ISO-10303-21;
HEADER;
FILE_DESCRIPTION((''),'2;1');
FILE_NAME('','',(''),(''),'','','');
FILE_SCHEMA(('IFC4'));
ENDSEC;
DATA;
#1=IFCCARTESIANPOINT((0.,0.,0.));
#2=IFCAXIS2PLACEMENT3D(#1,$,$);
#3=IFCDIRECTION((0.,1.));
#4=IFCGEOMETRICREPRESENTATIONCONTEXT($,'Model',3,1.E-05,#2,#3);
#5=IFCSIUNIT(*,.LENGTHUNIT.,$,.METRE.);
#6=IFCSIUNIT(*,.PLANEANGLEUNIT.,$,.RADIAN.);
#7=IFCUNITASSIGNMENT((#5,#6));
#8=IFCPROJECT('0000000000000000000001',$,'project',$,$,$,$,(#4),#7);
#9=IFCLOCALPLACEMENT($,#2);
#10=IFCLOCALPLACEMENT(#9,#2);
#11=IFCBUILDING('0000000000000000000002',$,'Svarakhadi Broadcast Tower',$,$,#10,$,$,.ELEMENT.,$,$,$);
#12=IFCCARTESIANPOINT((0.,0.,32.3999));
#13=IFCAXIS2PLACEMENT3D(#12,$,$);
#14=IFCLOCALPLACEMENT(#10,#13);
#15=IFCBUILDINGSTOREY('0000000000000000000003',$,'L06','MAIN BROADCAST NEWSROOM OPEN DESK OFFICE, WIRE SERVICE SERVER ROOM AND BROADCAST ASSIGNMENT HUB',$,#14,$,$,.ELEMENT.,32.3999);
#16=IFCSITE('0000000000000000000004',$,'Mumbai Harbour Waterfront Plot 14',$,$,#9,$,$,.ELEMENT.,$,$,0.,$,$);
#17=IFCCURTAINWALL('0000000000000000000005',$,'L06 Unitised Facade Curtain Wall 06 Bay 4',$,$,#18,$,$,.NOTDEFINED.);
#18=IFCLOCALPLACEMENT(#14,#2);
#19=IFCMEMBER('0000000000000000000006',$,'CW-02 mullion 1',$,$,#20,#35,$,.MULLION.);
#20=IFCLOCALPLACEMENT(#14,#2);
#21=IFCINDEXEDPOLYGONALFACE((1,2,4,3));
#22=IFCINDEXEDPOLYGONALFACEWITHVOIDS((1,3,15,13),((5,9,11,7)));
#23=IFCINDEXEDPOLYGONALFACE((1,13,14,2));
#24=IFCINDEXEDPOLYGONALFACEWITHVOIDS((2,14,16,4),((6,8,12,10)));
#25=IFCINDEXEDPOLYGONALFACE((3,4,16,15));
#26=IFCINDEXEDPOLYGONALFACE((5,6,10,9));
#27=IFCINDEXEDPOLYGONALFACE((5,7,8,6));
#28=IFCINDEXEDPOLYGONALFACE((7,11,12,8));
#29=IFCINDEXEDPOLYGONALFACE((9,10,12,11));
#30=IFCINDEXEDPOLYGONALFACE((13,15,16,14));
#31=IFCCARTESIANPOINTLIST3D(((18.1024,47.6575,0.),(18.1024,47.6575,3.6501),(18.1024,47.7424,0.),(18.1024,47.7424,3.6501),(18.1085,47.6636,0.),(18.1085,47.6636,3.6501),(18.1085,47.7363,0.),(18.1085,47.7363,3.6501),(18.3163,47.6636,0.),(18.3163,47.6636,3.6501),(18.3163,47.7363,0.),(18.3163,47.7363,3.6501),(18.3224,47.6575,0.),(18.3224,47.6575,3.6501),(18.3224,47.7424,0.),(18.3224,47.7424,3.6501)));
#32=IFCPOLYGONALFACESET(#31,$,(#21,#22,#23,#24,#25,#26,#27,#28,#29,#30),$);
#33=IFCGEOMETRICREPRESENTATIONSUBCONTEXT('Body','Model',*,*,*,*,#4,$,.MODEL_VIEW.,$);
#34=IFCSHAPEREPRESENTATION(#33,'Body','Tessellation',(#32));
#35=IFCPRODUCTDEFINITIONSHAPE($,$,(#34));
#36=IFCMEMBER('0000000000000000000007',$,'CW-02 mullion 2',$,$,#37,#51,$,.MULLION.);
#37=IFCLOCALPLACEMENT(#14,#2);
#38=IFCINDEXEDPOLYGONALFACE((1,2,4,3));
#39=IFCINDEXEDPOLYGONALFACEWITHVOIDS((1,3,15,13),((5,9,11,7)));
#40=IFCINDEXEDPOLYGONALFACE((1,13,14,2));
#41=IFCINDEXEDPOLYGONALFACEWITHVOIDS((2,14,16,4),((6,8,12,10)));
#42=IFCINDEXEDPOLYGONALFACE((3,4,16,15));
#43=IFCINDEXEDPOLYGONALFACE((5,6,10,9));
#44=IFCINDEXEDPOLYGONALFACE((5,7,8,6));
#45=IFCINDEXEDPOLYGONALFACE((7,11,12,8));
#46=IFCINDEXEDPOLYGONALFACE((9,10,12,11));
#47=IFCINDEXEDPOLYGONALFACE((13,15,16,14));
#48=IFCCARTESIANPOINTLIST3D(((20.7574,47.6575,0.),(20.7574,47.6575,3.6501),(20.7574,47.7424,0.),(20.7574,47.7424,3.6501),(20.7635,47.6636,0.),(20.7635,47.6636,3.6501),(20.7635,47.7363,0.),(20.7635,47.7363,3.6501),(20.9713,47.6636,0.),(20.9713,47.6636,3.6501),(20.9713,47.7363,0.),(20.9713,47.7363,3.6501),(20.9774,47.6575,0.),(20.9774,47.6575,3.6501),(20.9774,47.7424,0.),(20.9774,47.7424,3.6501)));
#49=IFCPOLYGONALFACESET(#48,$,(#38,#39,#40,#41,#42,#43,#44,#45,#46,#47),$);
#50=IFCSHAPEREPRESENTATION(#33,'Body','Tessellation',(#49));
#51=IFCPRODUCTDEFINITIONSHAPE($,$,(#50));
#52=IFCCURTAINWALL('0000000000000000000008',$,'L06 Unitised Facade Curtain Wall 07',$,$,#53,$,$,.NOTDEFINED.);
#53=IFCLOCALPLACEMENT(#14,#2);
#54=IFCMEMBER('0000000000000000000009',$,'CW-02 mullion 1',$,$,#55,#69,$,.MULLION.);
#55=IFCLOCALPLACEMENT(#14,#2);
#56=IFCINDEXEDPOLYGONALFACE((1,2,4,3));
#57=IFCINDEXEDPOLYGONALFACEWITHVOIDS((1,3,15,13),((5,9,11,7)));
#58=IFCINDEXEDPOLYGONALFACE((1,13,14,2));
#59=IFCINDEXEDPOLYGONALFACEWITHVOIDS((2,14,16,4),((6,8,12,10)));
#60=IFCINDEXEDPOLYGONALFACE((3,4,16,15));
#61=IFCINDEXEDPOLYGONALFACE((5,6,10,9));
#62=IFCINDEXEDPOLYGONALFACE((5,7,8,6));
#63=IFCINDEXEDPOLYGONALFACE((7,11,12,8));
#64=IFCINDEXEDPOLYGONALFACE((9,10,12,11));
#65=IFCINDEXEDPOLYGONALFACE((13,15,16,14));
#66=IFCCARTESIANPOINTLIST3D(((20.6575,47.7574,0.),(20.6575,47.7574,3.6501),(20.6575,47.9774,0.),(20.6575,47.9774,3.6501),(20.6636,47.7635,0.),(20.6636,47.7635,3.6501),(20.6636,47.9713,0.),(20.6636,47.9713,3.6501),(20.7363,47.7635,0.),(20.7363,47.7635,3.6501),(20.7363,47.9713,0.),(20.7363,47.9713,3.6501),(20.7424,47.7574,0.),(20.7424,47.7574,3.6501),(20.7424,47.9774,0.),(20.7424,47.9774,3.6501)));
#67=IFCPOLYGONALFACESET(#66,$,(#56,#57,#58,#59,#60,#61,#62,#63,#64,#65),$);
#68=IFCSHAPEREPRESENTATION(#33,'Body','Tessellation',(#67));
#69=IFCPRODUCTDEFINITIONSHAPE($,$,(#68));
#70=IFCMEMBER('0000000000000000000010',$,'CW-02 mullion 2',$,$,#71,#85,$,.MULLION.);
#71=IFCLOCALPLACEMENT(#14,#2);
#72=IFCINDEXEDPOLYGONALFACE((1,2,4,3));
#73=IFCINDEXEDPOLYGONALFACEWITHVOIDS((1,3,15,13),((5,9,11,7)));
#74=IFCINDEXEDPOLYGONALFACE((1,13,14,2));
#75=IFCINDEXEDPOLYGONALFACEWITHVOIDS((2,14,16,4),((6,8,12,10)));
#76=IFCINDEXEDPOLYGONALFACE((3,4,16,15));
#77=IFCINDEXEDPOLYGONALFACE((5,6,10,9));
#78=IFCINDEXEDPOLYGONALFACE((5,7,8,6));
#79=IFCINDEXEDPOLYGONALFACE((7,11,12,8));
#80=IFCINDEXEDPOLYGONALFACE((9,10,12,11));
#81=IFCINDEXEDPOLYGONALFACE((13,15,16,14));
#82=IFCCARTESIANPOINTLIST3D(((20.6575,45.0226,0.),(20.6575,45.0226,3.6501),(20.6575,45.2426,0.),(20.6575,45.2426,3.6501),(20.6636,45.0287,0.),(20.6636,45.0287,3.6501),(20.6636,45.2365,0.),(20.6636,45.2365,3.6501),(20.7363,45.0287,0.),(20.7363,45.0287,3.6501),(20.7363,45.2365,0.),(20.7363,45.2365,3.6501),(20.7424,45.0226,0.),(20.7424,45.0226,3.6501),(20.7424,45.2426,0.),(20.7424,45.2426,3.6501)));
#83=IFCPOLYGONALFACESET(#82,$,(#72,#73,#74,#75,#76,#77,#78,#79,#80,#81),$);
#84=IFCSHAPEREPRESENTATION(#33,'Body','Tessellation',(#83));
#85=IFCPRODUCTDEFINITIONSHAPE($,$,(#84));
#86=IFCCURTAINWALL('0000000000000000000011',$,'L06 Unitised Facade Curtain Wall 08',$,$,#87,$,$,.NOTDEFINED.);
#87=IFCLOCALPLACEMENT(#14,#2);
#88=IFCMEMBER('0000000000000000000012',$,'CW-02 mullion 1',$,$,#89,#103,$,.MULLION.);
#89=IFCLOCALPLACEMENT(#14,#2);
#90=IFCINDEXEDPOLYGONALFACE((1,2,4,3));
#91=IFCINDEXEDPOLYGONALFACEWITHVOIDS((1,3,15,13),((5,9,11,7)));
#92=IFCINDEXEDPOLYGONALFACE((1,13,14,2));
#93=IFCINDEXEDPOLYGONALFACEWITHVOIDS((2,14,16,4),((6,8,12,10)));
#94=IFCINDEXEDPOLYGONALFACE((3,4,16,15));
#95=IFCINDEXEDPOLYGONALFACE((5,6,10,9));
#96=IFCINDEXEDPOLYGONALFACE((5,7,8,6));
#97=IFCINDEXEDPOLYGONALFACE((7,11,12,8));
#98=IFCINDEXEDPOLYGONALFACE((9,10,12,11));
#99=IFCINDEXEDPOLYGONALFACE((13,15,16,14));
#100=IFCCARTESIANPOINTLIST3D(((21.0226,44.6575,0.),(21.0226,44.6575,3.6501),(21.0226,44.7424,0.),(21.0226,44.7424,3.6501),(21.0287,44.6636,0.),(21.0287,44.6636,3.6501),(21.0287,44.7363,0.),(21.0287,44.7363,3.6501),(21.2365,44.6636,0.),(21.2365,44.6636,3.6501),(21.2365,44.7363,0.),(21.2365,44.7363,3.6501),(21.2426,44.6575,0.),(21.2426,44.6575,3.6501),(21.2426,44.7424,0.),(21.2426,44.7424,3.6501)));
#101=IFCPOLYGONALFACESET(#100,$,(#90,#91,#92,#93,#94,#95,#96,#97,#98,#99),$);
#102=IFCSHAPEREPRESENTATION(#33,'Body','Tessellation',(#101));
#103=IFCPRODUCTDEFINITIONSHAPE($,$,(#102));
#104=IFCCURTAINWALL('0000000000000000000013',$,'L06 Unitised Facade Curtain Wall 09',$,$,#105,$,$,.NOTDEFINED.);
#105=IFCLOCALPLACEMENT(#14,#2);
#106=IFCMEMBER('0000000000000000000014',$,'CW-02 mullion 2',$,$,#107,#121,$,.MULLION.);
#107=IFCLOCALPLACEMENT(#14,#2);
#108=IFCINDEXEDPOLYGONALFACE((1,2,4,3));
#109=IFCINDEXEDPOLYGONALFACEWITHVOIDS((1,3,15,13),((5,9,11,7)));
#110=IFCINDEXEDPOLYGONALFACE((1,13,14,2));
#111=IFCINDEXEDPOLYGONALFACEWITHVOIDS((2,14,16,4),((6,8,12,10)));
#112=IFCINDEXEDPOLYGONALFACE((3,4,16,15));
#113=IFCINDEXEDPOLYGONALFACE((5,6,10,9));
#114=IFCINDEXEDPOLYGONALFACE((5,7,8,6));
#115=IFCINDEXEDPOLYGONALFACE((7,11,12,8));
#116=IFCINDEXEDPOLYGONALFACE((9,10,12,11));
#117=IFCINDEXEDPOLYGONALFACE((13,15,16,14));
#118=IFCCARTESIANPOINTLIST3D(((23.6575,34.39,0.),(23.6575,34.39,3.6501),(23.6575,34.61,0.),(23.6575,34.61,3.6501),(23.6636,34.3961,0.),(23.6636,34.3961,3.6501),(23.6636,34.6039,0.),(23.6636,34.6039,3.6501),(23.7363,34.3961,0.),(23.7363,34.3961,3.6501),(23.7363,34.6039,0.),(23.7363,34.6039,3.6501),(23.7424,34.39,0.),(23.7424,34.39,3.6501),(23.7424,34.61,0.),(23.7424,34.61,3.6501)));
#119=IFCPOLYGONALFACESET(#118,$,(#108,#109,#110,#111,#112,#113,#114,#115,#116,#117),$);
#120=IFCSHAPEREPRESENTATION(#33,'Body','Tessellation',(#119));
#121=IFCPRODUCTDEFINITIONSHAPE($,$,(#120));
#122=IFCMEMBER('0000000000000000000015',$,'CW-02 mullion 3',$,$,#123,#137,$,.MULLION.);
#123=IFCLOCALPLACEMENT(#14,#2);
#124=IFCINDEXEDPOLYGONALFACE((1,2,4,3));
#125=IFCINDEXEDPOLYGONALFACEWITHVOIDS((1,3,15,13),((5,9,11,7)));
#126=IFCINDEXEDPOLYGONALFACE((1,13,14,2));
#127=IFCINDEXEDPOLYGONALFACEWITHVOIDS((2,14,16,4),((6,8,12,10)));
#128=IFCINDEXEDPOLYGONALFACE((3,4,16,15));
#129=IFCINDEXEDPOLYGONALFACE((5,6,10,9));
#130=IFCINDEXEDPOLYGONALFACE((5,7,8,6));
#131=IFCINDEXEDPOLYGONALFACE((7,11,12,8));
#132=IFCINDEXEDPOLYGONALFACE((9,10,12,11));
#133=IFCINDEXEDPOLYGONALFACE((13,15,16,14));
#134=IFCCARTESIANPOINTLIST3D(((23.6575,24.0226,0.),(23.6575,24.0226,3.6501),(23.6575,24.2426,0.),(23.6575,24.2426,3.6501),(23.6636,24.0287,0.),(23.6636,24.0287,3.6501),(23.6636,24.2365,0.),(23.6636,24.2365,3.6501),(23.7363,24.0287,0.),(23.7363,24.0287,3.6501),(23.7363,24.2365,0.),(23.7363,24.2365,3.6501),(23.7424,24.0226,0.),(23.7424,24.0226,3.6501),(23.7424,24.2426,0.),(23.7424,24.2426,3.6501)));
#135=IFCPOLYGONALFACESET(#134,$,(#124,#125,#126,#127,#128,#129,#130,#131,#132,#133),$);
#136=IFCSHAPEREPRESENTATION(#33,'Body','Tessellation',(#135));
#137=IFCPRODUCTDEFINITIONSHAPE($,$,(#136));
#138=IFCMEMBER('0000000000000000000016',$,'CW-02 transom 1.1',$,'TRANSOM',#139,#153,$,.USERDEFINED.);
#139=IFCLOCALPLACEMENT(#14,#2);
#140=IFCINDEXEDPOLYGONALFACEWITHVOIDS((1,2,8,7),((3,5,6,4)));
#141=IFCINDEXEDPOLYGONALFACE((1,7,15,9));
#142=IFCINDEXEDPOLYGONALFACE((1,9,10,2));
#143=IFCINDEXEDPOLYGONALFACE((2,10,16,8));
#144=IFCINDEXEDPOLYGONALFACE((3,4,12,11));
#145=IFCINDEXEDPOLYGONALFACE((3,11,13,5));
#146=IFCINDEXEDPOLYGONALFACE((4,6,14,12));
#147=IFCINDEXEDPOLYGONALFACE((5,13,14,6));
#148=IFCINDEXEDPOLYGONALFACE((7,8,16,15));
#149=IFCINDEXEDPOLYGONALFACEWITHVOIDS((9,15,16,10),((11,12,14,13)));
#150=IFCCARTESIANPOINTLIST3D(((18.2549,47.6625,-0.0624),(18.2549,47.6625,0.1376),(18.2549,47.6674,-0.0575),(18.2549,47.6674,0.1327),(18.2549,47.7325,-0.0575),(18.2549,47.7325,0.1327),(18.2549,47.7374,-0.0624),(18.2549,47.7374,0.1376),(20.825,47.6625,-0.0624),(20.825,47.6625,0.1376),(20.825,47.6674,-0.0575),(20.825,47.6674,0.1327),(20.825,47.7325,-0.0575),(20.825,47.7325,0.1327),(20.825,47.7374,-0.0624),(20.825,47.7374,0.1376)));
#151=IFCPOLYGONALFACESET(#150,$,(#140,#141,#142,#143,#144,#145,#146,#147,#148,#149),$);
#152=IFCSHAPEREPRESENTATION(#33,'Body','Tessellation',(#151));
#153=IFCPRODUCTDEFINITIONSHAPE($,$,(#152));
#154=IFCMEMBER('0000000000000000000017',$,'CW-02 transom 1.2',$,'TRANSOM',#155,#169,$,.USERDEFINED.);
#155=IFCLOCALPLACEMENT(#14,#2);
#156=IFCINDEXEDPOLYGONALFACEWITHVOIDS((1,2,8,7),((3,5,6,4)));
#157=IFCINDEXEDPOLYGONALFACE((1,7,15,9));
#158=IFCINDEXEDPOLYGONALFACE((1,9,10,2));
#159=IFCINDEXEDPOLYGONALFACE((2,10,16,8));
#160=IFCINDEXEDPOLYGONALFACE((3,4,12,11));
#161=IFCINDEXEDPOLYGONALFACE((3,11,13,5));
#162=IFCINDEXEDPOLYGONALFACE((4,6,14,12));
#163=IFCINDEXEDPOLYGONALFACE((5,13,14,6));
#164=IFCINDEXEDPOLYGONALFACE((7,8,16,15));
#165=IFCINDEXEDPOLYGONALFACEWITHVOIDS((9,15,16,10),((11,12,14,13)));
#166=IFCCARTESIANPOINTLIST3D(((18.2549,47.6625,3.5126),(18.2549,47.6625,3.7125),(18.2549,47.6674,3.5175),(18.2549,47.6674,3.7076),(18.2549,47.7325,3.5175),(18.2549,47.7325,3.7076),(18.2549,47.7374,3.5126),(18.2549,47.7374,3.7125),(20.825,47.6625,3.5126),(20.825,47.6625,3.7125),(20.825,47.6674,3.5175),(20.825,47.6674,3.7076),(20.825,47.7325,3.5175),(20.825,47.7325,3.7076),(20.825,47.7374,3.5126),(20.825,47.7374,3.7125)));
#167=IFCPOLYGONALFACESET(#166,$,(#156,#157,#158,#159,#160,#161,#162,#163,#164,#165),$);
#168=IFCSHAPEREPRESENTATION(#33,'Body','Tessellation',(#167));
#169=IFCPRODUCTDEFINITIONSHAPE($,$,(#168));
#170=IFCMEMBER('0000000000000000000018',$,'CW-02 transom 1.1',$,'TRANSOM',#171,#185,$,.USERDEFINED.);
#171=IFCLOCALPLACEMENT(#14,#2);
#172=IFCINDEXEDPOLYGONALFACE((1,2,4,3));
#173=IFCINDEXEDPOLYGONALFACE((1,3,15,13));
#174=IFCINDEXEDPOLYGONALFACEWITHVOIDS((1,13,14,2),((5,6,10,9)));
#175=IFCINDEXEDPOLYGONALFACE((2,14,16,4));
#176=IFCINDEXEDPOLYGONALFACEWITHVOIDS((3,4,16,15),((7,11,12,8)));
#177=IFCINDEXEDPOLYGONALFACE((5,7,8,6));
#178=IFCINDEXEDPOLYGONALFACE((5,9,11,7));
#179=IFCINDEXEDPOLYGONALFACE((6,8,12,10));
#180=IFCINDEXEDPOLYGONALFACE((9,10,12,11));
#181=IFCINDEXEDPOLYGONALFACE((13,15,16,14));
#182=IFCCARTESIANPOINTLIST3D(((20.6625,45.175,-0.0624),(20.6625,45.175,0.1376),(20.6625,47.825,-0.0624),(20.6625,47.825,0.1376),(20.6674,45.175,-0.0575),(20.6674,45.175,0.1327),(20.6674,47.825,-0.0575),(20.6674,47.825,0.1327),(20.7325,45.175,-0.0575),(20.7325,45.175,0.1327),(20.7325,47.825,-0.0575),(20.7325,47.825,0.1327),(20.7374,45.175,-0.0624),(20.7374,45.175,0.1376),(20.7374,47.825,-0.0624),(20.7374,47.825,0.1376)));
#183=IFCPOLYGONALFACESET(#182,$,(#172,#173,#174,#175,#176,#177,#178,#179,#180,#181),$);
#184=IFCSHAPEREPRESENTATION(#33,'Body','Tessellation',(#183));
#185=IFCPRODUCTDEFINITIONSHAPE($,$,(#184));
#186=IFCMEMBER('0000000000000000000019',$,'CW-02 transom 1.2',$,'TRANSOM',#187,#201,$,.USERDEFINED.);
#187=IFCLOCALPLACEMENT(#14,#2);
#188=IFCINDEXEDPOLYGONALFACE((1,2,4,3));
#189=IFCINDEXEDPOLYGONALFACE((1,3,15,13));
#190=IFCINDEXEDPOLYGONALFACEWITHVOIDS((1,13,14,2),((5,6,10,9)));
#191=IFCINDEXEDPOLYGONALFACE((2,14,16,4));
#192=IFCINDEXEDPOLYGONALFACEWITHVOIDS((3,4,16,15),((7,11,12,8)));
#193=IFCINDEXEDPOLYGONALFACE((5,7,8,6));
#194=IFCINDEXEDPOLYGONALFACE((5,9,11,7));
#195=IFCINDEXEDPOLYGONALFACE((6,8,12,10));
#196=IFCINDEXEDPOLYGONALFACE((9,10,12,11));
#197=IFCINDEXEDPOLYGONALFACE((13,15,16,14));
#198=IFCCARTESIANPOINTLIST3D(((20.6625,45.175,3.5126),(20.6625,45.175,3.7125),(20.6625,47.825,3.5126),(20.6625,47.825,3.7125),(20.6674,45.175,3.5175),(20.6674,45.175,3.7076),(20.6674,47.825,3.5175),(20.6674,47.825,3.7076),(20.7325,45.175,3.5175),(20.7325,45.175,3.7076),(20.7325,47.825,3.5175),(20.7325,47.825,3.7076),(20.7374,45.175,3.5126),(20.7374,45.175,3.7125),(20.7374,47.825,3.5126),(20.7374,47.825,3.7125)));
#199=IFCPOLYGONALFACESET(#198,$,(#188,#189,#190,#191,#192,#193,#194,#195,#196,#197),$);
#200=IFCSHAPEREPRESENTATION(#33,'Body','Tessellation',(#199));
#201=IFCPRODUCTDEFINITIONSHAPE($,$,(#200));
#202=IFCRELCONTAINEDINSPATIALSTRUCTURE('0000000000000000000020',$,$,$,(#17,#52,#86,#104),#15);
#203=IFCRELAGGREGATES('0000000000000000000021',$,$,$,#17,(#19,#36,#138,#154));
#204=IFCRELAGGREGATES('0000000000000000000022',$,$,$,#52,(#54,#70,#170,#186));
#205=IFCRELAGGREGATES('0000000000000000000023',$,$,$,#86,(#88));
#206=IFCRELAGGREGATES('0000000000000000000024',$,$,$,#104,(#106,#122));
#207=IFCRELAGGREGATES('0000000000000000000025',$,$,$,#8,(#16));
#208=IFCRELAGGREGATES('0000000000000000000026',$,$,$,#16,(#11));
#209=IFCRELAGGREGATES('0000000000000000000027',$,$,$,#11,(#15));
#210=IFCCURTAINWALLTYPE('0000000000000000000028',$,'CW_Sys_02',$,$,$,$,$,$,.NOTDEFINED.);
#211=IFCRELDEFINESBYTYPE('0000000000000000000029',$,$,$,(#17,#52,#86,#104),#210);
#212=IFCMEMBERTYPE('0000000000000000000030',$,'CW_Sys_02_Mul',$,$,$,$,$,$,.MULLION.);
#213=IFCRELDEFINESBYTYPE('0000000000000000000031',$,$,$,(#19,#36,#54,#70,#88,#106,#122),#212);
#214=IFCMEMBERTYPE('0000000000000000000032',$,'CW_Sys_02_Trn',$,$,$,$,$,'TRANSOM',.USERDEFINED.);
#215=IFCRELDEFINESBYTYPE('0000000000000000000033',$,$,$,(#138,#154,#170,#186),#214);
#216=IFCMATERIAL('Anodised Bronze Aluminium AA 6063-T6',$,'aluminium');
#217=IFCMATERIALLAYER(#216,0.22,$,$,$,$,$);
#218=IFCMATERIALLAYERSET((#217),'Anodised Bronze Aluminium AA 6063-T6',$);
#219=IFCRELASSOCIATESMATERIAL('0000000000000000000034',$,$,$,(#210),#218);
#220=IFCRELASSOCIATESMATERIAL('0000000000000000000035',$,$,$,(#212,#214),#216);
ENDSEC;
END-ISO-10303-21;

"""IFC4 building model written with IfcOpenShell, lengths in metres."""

from ifc_helpers import new_model, si_unit, direction, frame, origin, origin_2d, place, context, subcontext, project, spatial, hollow_rectangle, extrude, material, layer, layer_set, material_profile, profile_set, type_object, element, aggregate, save


model = new_model("IFC4")

# Units and contexts
model_context = context("Model", 3, precision=1e-05, world=origin(), true_north=direction((0.0, 1.0)))
body_context = subcontext(model_context, "Body", "Model", "MODEL_VIEW")
ifc_project = project(units=[si_unit("LENGTHUNIT", "METRE"), si_unit("PLANEANGLEUNIT", "RADIAN")], contexts=[model_context])

# Site, building, storey
site_placement = place(None, origin())
site = spatial("IfcSite", under=ifc_project, at=site_placement, Name="Mumbai Harbour Waterfront Plot 14", CompositionType="ELEMENT", RefElevation=0.0)
building_placement = place(site_placement, origin())
building = spatial("IfcBuilding", under=site, at=building_placement, Name="Svarakhadi Broadcast Tower", CompositionType="ELEMENT")
storey_placement = place(building_placement, frame((0.0, 0.0, 32.3999)))
storey = spatial("IfcBuildingStorey", under=building, at=storey_placement, Name="L06", Description="MAIN BROADCAST NEWSROOM OPEN DESK OFFICE, WIRE SERVICE SERVER ROOM AND BROADCAST ASSIGNMENT HUB", CompositionType="ELEMENT", Elevation=32.3999)

# Curtain walls, members
ifc_material_1 = material(Name="Anodised Bronze Aluminium AA 6063-T6", Category="aluminium")
ifc_layer_1 = layer(ifc_material_1, 0.22)
ifc_layer_set_1 = layer_set([ifc_layer_1], Name="Anodised Bronze Aluminium AA 6063-T6")
curtain_wall_type = type_object("IfcCurtainWallType", Name="CW_Sys_02", PredefinedType="NOTDEFINED", material=ifc_layer_set_1)
curtain_wall_1_placement = place(storey_placement, origin())
curtain_wall_1 = element("IfcCurtainWall", 1, at=curtain_wall_1_placement, inside=storey, type_object=curtain_wall_type, Name="L06 Unitised Facade Curtain Wall 06 Bay 4", PredefinedType="NOTDEFINED")
ifc_material_profile_1 = material_profile(ifc_material_1, hollow_rectangle(XDim=0.085, YDim=0.22, WallThickness=0.0061, at=origin_2d()), Name="ALU MULLION 220x85x6")
ifc_profile_set_1 = profile_set([ifc_material_profile_1], Name="Anodised Bronze Aluminium AA 6063-T6")
member_type_1 = type_object("IfcMemberType", Name="CW_Sys_02_Mul", PredefinedType="MULLION", material=ifc_profile_set_1)
member_1_placement = place(storey_placement, frame((18.2124, 47.7, 0.0), z_axis=(0.0, 0.0, 1.0), x_axis=(0.0, 1.0, 0.0)))
member_1 = element("IfcMember", 2, at=member_1_placement, type_object=member_type_1, Name="CW-02 mullion 1", PredefinedType="MULLION", context=body_context, shape_type="SweptSolid", body=[
    extrude(hollow_rectangle(XDim=0.085, YDim=0.22, WallThickness=0.0061, at=origin_2d()), origin(), (0.0, 0.0, 1.0), 3.6501),
])
member_2_placement = place(storey_placement, frame((20.8674, 47.7, 0.0), z_axis=(0.0, 0.0, 1.0), x_axis=(0.0, 1.0, 0.0)))
member_2 = element("IfcMember", 3, at=member_2_placement, type_object=member_type_1, Name="CW-02 mullion 2", PredefinedType="MULLION", context=body_context, shape_type="SweptSolid", body=[
    extrude(hollow_rectangle(XDim=0.085, YDim=0.22, WallThickness=0.0061, at=origin_2d()), origin(), (0.0, 0.0, 1.0), 3.6501),
])
curtain_wall_2_placement = place(storey_placement, origin())
curtain_wall_2 = element("IfcCurtainWall", 4, at=curtain_wall_2_placement, inside=storey, type_object=curtain_wall_type, Name="L06 Unitised Facade Curtain Wall 07", PredefinedType="NOTDEFINED")
member_3_placement = place(storey_placement, frame((20.7, 47.8674, 0.0), z_axis=(0.0, 0.0, 1.0), x_axis=(1.0, 0.0, 0.0)))
member_3 = element("IfcMember", 5, at=member_3_placement, type_object=member_type_1, Name="CW-02 mullion 1", PredefinedType="MULLION", context=body_context, shape_type="SweptSolid", body=[
    extrude(hollow_rectangle(XDim=0.085, YDim=0.22, WallThickness=0.0061, at=origin_2d()), origin(), (0.0, 0.0, 1.0), 3.6501),
])
member_4_placement = place(storey_placement, frame((20.7, 45.1326, 0.0), z_axis=(0.0, 0.0, 1.0), x_axis=(1.0, 0.0, 0.0)))
member_4 = element("IfcMember", 6, at=member_4_placement, type_object=member_type_1, Name="CW-02 mullion 2", PredefinedType="MULLION", context=body_context, shape_type="SweptSolid", body=[
    extrude(hollow_rectangle(XDim=0.085, YDim=0.22, WallThickness=0.0061, at=origin_2d()), origin(), (0.0, 0.0, 1.0), 3.6501),
])

# Curtain wall, member
curtain_wall_3_placement = place(storey_placement, origin())
curtain_wall_3 = element("IfcCurtainWall", 7, at=curtain_wall_3_placement, inside=storey, type_object=curtain_wall_type, Name="L06 Unitised Facade Curtain Wall 08", PredefinedType="NOTDEFINED")
member_5_placement = place(storey_placement, frame((21.1326, 44.7, 0.0), z_axis=(0.0, 0.0, 1.0), x_axis=(0.0, 1.0, 0.0)))
member_5 = element("IfcMember", 8, at=member_5_placement, type_object=member_type_1, Name="CW-02 mullion 1", PredefinedType="MULLION", context=body_context, shape_type="SweptSolid", body=[
    extrude(hollow_rectangle(XDim=0.085, YDim=0.22, WallThickness=0.0061, at=origin_2d()), origin(), (0.0, 0.0, 1.0), 3.6501),
])

# Curtain wall, members
curtain_wall_4_placement = place(storey_placement, origin())
curtain_wall_4 = element("IfcCurtainWall", 9, at=curtain_wall_4_placement, inside=storey, type_object=curtain_wall_type, Name="L06 Unitised Facade Curtain Wall 09", PredefinedType="NOTDEFINED")
member_6_placement = place(storey_placement, frame((23.7, 34.5, 0.0), z_axis=(0.0, 0.0, 1.0), x_axis=(1.0, 0.0, 0.0)))
member_6 = element("IfcMember", 10, at=member_6_placement, type_object=member_type_1, Name="CW-02 mullion 2", PredefinedType="MULLION", context=body_context, shape_type="SweptSolid", body=[
    extrude(hollow_rectangle(XDim=0.085, YDim=0.22, WallThickness=0.0061, at=origin_2d()), origin(), (0.0, 0.0, 1.0), 3.6501),
])
member_7_placement = place(storey_placement, frame((23.7, 24.1326, 0.0), z_axis=(0.0, 0.0, 1.0), x_axis=(1.0, 0.0, 0.0)))
member_7 = element("IfcMember", 11, at=member_7_placement, type_object=member_type_1, Name="CW-02 mullion 3", PredefinedType="MULLION", context=body_context, shape_type="SweptSolid", body=[
    extrude(hollow_rectangle(XDim=0.085, YDim=0.22, WallThickness=0.0061, at=origin_2d()), origin(), (0.0, 0.0, 1.0), 3.6501),
])

# Members
ifc_material_profile_2 = material_profile(ifc_material_1, hollow_rectangle(XDim=0.075, YDim=0.2, WallThickness=0.0049, at=origin_2d()), Name="ALU TRANSOM 200x75x5")
ifc_profile_set_2 = profile_set([ifc_material_profile_2], Name="Anodised Bronze Aluminium AA 6063-T6")
member_type_2 = type_object("IfcMemberType", Name="CW_Sys_02_Trn", ElementType="TRANSOM", PredefinedType="USERDEFINED", material=ifc_profile_set_2)
member_8_placement = place(storey_placement, frame((18.2549, 47.7, 0.0376), z_axis=(1.0, 0.0, 0.0), x_axis=(0.0, 1.0, 0.0)))
member_8 = element("IfcMember", 12, at=member_8_placement, type_object=member_type_2, Name="CW-02 transom 1.1", ObjectType="TRANSOM", PredefinedType="USERDEFINED", context=body_context, shape_type="SweptSolid", body=[
    extrude(hollow_rectangle(XDim=0.075, YDim=0.2, WallThickness=0.0049, at=origin_2d()), origin(), (0.0, 0.0, 1.0), 2.5701),
])
member_9_placement = place(storey_placement, frame((18.2549, 47.7, 3.6125), z_axis=(1.0, 0.0, 0.0), x_axis=(0.0, 1.0, 0.0)))
member_9 = element("IfcMember", 13, at=member_9_placement, type_object=member_type_2, Name="CW-02 transom 1.2", ObjectType="TRANSOM", PredefinedType="USERDEFINED", context=body_context, shape_type="SweptSolid", body=[
    extrude(hollow_rectangle(XDim=0.075, YDim=0.2, WallThickness=0.0049, at=origin_2d()), origin(), (0.0, 0.0, 1.0), 2.5701),
])
member_10_placement = place(storey_placement, frame((20.7, 47.825, 0.0376), z_axis=(0.0, -1.0, 0.0), x_axis=(1.0, 0.0, 0.0)))
member_10 = element("IfcMember", 14, at=member_10_placement, type_object=member_type_2, Name="CW-02 transom 1.1", ObjectType="TRANSOM", PredefinedType="USERDEFINED", context=body_context, shape_type="SweptSolid", body=[
    extrude(hollow_rectangle(XDim=0.075, YDim=0.2, WallThickness=0.0049, at=origin_2d()), origin(), (0.0, 0.0, 1.0), 2.6499),
])
member_11_placement = place(storey_placement, frame((20.7, 47.825, 3.6125), z_axis=(0.0, -1.0, 0.0), x_axis=(1.0, 0.0, 0.0)))
member_11 = element("IfcMember", 15, at=member_11_placement, type_object=member_type_2, Name="CW-02 transom 1.2", ObjectType="TRANSOM", PredefinedType="USERDEFINED", context=body_context, shape_type="SweptSolid", body=[
    extrude(hollow_rectangle(XDim=0.075, YDim=0.2, WallThickness=0.0049, at=origin_2d()), origin(), (0.0, 0.0, 1.0), 2.6499),
])

aggregate(curtain_wall_1, [member_1, member_2, member_8, member_9])
aggregate(curtain_wall_2, [member_3, member_4, member_10, member_11])
aggregate(curtain_wall_3, [member_5])
aggregate(curtain_wall_4, [member_6, member_7])

save(model, "model.ifc")
